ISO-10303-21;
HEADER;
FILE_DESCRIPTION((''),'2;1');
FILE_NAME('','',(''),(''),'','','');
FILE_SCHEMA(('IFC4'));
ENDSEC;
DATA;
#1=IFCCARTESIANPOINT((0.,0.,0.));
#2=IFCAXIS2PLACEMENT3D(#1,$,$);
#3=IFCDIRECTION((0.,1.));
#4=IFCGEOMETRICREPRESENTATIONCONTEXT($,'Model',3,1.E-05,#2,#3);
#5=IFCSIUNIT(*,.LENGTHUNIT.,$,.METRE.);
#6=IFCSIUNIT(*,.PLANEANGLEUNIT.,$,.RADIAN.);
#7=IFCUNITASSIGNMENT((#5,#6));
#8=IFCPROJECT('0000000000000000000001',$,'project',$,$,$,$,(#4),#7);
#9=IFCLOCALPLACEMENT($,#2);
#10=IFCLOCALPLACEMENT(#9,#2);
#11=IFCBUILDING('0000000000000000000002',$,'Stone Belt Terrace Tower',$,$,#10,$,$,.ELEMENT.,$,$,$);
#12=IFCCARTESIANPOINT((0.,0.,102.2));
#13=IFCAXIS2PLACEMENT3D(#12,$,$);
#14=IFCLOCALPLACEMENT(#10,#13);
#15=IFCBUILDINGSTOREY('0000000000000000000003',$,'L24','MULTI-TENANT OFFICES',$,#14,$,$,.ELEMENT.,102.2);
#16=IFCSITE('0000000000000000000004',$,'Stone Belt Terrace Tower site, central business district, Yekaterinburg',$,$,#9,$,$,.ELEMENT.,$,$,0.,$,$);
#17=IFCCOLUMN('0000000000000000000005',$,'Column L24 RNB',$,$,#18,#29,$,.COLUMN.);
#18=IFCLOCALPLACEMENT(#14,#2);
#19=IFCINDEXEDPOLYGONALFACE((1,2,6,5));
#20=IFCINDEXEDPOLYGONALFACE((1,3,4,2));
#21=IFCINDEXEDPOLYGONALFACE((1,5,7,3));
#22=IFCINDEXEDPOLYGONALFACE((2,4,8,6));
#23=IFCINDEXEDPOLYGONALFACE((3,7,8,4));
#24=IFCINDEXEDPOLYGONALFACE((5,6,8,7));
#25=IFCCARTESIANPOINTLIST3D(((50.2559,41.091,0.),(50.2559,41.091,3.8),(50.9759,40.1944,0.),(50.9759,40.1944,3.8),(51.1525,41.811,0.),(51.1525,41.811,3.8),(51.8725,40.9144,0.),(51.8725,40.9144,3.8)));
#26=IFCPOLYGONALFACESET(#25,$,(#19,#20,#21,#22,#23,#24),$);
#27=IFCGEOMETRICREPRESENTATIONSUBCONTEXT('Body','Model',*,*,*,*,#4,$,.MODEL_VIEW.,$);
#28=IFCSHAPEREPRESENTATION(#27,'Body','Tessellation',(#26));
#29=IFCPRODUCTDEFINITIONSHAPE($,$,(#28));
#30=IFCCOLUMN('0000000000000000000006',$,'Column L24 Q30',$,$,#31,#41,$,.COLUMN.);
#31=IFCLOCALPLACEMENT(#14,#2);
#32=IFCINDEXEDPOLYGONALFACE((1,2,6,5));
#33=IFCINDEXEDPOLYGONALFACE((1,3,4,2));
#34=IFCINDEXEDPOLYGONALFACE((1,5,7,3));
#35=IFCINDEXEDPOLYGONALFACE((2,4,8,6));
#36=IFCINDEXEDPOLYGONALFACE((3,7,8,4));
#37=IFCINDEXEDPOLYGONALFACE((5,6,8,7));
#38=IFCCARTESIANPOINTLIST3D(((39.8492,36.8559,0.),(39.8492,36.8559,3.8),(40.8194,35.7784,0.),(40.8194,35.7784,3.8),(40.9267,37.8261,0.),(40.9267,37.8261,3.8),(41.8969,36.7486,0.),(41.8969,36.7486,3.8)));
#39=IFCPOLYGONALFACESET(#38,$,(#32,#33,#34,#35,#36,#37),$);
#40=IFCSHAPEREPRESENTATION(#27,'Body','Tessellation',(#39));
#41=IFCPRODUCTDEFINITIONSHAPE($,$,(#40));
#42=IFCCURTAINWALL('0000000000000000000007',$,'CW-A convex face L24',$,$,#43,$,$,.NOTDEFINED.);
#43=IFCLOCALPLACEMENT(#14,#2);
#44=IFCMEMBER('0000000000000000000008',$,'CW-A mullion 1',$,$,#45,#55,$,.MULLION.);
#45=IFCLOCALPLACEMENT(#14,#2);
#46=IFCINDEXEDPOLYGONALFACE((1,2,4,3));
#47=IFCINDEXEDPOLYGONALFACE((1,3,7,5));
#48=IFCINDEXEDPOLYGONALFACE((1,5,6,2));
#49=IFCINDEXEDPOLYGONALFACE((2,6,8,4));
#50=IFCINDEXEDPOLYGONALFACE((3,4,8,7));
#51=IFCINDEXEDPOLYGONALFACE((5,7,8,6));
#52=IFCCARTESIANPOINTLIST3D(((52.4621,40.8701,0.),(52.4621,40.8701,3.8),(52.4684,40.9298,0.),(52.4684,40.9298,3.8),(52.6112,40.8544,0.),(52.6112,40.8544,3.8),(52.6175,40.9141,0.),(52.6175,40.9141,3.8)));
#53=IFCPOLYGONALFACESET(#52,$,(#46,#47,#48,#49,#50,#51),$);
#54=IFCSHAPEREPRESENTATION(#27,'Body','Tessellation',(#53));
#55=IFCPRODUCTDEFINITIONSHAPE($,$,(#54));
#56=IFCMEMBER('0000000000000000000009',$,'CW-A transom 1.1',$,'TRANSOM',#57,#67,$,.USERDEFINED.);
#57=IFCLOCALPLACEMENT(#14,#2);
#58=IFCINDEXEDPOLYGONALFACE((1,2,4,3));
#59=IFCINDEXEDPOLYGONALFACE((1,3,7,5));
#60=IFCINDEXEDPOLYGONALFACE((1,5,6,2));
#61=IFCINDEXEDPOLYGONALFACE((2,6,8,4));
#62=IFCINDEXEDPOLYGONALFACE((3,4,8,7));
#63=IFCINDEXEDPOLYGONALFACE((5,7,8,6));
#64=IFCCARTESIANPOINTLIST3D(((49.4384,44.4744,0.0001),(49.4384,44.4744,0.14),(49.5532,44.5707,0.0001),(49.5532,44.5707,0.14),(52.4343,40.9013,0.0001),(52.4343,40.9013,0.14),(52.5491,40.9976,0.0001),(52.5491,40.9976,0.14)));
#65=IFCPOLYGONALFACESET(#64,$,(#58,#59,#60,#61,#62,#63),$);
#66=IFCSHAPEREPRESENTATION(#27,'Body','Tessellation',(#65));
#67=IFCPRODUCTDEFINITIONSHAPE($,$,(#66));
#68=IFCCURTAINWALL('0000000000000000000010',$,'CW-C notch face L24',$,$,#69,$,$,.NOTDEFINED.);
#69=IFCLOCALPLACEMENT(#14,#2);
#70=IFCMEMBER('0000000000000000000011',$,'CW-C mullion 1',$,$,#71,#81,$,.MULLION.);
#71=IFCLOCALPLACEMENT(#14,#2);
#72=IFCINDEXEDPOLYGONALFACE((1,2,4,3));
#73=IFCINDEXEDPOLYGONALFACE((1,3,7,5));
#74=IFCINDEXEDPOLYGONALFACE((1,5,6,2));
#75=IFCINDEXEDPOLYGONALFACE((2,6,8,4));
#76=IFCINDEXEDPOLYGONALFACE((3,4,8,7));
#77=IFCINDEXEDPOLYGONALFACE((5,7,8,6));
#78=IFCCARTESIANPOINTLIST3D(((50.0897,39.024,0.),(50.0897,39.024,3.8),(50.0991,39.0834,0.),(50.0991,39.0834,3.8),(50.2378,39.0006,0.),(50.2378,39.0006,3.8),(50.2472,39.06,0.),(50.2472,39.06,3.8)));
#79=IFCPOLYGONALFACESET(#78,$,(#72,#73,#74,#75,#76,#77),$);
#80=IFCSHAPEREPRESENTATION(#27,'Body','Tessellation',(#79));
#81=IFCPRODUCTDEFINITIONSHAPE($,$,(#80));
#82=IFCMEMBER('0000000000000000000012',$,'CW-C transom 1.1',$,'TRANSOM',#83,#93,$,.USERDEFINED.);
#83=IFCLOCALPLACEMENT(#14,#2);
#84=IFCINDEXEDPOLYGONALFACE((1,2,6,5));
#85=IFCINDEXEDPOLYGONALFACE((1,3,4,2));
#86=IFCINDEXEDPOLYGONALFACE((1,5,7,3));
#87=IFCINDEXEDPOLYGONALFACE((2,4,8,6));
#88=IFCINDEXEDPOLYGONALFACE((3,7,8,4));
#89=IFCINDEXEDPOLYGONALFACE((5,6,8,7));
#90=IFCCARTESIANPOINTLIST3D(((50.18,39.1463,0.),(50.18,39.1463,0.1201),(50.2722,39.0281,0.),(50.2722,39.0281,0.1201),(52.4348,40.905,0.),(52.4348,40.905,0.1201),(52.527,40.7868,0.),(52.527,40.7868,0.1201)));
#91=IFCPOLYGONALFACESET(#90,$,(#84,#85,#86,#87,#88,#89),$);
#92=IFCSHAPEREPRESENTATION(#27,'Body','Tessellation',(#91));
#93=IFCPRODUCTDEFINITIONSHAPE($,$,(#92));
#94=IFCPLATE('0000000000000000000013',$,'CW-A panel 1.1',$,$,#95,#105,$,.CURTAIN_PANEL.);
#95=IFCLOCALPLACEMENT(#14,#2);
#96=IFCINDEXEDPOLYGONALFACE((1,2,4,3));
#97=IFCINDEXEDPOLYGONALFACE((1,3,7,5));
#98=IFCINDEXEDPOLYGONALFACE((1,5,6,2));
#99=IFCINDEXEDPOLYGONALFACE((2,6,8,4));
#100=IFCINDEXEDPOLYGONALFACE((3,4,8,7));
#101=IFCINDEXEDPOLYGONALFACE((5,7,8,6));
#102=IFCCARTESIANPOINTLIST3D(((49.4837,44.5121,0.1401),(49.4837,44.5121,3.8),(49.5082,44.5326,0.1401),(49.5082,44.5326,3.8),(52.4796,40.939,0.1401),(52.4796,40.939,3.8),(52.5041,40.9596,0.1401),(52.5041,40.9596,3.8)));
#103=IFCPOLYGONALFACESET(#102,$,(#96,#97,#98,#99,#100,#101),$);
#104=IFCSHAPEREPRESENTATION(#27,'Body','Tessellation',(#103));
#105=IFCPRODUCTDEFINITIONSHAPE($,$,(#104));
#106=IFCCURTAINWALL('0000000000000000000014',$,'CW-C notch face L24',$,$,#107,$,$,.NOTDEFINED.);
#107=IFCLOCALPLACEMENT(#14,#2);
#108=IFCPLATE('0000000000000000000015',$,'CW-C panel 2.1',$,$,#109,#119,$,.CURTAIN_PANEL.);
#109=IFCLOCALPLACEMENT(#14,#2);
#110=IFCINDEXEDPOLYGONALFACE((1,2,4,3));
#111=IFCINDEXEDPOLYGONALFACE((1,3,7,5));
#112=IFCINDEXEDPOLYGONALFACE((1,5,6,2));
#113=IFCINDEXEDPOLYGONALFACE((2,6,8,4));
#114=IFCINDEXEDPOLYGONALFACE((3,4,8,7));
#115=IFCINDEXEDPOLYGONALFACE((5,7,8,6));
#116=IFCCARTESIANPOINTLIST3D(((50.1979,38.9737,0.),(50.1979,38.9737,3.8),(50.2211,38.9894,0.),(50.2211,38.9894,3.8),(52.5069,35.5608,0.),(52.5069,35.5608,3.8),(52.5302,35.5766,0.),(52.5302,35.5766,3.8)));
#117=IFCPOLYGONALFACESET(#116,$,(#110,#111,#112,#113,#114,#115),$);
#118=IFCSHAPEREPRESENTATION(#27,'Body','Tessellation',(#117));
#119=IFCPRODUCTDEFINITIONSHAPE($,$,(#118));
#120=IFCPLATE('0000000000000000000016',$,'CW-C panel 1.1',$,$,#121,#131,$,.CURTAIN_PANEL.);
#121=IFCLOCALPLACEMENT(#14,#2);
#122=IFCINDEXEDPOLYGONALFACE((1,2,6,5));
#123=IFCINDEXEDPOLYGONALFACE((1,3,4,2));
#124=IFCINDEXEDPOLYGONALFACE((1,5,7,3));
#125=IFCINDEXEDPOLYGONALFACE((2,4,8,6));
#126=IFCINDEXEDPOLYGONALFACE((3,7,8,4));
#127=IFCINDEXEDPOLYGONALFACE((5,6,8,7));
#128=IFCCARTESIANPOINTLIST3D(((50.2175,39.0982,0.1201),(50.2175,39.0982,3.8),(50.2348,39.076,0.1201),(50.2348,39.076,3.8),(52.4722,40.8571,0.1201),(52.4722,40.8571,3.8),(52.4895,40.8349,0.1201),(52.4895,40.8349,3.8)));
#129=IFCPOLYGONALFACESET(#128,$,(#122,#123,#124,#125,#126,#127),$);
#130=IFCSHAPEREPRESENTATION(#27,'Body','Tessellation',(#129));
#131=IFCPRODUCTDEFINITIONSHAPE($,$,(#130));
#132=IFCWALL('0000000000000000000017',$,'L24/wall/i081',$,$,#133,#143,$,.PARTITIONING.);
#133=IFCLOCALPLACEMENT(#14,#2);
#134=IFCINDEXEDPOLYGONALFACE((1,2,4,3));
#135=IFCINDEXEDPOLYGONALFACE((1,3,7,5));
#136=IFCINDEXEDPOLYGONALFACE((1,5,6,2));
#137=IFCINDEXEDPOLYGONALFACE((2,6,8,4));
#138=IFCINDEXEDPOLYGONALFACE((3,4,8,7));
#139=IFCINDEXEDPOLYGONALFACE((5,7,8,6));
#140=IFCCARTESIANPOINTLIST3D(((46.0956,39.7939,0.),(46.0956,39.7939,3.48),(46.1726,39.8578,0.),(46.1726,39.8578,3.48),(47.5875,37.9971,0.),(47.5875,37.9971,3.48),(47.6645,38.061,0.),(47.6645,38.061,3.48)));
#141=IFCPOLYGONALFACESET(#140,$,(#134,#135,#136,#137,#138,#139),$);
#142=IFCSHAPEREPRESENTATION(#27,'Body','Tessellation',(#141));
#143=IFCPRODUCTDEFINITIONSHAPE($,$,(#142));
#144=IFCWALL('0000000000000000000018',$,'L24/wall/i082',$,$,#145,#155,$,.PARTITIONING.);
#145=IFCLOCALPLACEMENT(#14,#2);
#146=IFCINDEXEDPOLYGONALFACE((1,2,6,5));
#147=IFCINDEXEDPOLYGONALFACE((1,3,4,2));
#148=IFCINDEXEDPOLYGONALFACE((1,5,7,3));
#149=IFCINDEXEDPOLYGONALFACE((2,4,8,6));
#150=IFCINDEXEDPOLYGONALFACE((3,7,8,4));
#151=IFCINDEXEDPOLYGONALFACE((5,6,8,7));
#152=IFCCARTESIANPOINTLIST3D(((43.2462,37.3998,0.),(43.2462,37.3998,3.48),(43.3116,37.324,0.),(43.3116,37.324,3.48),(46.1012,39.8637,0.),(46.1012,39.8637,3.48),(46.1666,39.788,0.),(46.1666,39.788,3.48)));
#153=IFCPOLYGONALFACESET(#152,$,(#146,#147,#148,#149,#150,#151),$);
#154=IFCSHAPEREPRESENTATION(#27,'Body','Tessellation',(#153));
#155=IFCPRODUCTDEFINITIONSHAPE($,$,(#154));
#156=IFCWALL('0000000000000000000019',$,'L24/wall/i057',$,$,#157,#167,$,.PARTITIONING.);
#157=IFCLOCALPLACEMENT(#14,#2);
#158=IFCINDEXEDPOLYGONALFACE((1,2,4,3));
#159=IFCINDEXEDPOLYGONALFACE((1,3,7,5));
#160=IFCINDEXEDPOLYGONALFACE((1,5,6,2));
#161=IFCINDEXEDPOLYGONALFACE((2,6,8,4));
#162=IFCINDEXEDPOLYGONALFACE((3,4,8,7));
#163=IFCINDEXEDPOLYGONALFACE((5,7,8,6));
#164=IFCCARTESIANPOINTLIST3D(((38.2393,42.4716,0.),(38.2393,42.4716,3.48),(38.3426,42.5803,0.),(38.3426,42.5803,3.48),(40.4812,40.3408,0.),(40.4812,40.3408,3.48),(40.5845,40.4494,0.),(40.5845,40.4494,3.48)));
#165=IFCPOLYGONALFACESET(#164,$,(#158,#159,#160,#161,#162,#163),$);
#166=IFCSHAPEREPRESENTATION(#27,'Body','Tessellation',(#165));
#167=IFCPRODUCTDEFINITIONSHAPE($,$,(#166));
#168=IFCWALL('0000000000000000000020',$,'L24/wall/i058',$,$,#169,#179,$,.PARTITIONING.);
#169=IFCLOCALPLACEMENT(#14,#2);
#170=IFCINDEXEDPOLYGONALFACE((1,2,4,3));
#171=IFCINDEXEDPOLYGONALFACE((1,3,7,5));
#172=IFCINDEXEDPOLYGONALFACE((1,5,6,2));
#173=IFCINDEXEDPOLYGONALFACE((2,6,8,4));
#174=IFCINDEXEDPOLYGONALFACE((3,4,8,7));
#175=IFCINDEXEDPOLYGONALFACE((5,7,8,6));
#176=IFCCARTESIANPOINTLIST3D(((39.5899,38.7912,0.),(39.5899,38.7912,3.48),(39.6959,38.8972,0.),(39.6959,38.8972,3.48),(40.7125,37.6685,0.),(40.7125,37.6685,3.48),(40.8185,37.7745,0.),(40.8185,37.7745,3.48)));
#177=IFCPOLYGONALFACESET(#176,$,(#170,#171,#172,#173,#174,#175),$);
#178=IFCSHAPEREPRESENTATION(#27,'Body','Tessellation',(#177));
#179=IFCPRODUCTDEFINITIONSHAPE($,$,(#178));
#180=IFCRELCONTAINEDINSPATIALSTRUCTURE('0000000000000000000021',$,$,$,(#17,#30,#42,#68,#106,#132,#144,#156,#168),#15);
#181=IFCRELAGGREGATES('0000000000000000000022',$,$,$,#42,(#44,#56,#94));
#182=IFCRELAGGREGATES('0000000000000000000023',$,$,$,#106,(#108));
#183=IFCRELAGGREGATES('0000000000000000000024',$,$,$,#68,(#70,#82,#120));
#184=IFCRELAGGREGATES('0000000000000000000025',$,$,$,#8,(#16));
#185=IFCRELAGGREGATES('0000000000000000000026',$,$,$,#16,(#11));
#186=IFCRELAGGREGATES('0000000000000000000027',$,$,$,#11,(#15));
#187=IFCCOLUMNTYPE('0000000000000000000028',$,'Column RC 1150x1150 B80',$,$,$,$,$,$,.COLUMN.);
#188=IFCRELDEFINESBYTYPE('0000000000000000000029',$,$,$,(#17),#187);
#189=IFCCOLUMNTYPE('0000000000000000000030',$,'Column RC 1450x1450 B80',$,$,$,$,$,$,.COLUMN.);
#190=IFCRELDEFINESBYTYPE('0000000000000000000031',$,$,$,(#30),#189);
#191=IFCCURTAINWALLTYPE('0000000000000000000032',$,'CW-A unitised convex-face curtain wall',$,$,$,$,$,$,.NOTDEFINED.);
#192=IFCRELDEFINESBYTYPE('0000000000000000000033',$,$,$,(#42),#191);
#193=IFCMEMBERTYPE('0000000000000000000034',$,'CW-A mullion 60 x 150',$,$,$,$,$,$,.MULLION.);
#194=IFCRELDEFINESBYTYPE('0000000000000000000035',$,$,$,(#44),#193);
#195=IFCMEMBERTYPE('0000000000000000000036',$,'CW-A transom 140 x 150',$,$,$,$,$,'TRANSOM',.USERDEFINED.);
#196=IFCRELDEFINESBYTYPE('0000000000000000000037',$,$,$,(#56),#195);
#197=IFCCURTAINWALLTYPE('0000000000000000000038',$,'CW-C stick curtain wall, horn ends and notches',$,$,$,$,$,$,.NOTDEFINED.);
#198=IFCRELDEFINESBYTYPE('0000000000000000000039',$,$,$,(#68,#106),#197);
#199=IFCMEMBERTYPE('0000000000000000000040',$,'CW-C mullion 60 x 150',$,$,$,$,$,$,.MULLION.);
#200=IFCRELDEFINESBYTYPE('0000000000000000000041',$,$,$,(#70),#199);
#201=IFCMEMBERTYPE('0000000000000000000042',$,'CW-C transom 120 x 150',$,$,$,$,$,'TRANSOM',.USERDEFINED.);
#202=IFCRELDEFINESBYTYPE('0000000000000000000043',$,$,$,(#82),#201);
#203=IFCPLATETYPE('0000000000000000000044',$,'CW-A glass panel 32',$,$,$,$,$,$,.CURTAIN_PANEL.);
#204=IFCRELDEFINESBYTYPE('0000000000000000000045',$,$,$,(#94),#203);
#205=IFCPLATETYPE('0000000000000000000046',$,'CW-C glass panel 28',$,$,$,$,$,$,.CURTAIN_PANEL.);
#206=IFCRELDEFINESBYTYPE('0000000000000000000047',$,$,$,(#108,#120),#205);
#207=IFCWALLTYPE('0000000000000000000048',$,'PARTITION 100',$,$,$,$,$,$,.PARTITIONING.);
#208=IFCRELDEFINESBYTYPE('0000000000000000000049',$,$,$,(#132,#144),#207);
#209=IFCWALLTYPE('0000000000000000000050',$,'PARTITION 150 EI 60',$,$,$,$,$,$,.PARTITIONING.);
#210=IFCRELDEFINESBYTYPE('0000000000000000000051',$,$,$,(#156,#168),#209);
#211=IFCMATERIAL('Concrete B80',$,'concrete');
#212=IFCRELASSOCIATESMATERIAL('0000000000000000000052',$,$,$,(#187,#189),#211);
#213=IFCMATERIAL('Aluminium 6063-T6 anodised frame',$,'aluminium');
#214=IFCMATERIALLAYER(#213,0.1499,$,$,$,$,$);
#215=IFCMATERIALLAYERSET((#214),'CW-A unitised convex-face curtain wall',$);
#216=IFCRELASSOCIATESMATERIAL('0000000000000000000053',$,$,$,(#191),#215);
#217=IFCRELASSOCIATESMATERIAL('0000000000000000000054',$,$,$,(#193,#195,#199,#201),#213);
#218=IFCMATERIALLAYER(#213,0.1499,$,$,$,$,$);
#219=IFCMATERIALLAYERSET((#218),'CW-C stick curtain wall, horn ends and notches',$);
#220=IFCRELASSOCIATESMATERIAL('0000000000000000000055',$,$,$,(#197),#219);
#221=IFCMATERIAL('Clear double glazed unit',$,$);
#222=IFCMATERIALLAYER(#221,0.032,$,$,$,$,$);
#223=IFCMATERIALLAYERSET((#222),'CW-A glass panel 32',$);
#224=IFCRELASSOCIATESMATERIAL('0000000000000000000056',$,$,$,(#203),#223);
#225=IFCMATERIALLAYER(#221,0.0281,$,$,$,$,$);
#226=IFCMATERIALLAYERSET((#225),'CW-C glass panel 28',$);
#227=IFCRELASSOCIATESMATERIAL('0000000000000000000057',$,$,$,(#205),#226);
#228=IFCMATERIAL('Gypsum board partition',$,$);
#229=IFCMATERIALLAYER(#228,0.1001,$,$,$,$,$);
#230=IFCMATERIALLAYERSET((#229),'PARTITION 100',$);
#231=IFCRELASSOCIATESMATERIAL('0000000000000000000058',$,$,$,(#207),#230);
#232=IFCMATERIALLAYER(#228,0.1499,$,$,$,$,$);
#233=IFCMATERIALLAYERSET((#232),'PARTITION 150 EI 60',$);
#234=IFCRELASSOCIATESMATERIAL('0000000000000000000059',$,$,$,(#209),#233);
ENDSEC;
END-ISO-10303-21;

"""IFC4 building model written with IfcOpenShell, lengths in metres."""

from ifc_helpers import new_model, si_unit, direction, frame, frame_2d, origin, origin_2d, place, context, subcontext, project, spatial, rectangle, extrude, material, layer, layer_set, material_profile, profile_set, type_object, element, aggregate, save


model = new_model("IFC4")

# Units and contexts
model_context = context("Model", 3, precision=1e-05, world=origin(), true_north=direction((0.0, 1.0)))
body_context = subcontext(model_context, "Body", "Model", "MODEL_VIEW")
ifc_project = project(units=[si_unit("LENGTHUNIT", "METRE"), si_unit("PLANEANGLEUNIT", "RADIAN")], contexts=[model_context])

# Site, building, storey
site_placement = place(None, origin())
site = spatial("IfcSite", under=ifc_project, at=site_placement, Name="Stone Belt Terrace Tower site, central business district, Yekaterinburg", CompositionType="ELEMENT", RefElevation=0.0)
building_placement = place(site_placement, origin())
building = spatial("IfcBuilding", under=site, at=building_placement, Name="Stone Belt Terrace Tower", CompositionType="ELEMENT")
storey_placement = place(building_placement, frame((0.0, 0.0, 102.2)))
storey = spatial("IfcBuildingStorey", under=building, at=storey_placement, Name="L24", Description="MULTI-TENANT OFFICES", CompositionType="ELEMENT", Elevation=102.2)

# Columns
ifc_material_1 = material(Name="Concrete B80", Category="concrete")
ifc_material_profile_1 = material_profile(ifc_material_1, rectangle(XDim=1.1499, YDim=1.1499, at=origin_2d()), Name="RC 1150x1150")
ifc_profile_set_1 = profile_set([ifc_material_profile_1], Name="Concrete B80")
column_type_1 = type_object("IfcColumnType", Name="Column RC 1150x1150 B80", PredefinedType="COLUMN", material=ifc_profile_set_1)
column_1_placement = place(storey_placement, frame((51.0642, 41.0027, 0.0), z_axis=(0.0, 0.0, 1.0), x_axis=(0.626104, -0.779739, 0.0)))
element("IfcColumn", 1, at=column_1_placement, inside=storey, type_object=column_type_1, Name="Column L24 RNB", PredefinedType="COLUMN", context=body_context, shape_type="SweptSolid", body=[
    extrude(rectangle(XDim=1.1499, YDim=1.1499, at=origin_2d()), origin(), (0.0, 0.0, 1.0), 3.8),
])
ifc_material_profile_2 = material_profile(ifc_material_1, rectangle(XDim=1.45, YDim=1.45, at=origin_2d()), Name="RC 1450x1450")
ifc_profile_set_2 = profile_set([ifc_material_profile_2], Name="Concrete B80")
column_type_2 = type_object("IfcColumnType", Name="Column RC 1450x1450 B80", PredefinedType="COLUMN", material=ifc_profile_set_2)
column_2_placement = place(storey_placement, frame((40.873, 36.8022, 0.0), z_axis=(0.0, 0.0, 1.0), x_axis=(0.669131, -0.743145, 0.0)))
element("IfcColumn", 2, at=column_2_placement, inside=storey, type_object=column_type_2, Name="Column L24 Q30", PredefinedType="COLUMN", context=body_context, shape_type="SweptSolid", body=[
    extrude(rectangle(XDim=1.45, YDim=1.45, at=origin_2d()), origin(), (0.0, 0.0, 1.0), 3.8),
])

# Curtain walls, members
ifc_material_2 = material(Name="Aluminium 6063-T6 anodised frame", Category="aluminium")
ifc_layer_1 = layer(ifc_material_2, 0.1499)
ifc_layer_set_1 = layer_set([ifc_layer_1], Name="CW-A unitised convex-face curtain wall")
curtain_wall_type_1 = type_object("IfcCurtainWallType", Name="CW-A unitised convex-face curtain wall", PredefinedType="NOTDEFINED", material=ifc_layer_set_1)
curtain_wall_1_placement = place(storey_placement, origin())
curtain_wall_1 = element("IfcCurtainWall", 3, at=curtain_wall_1_placement, inside=storey, type_object=curtain_wall_type_1, Name="CW-A convex face L24", PredefinedType="NOTDEFINED")
ifc_material_profile_3 = material_profile(ifc_material_2, rectangle(XDim=0.1499, YDim=0.0601, at=origin_2d()), Name="Aluminium 6063-T6 60x150")
ifc_profile_set_3 = profile_set([ifc_material_profile_3], Name="Aluminium 6063-T6 anodised frame")
member_type_1 = type_object("IfcMemberType", Name="CW-A mullion 60 x 150", PredefinedType="MULLION", material=ifc_profile_set_3)
member_1_placement = place(storey_placement, frame((52.5398, 40.8921, 0.0), z_axis=(0.0, 0.0, 1.0), x_axis=(-0.994465, 0.105071, 0.0)))
member_1 = element("IfcMember", 4, at=member_1_placement, type_object=member_type_1, Name="CW-A mullion 1", PredefinedType="MULLION", context=body_context, shape_type="SweptSolid", body=[
    extrude(rectangle(XDim=0.1499, YDim=0.0601, at=origin_2d()), origin(), (0.0, 0.0, 1.0), 3.8),
])
ifc_material_profile_4 = material_profile(ifc_material_2, rectangle(XDim=0.1499, YDim=0.1399, at=origin_2d()), Name="Aluminium 6063-T6 150x140")
ifc_profile_set_4 = profile_set([ifc_material_profile_4], Name="Aluminium 6063-T6 anodised frame")
member_type_2 = type_object("IfcMemberType", Name="CW-A transom 140 x 150", ElementType="TRANSOM", PredefinedType="USERDEFINED", material=ifc_profile_set_4)
member_2_placement = place(storey_placement, frame((52.4917, 40.9495, 0.0701), z_axis=(-0.642504, 0.766282, 0.0), x_axis=(-0.766282, -0.642504, 0.0)))
member_2 = element("IfcMember", 5, at=member_2_placement, type_object=member_type_2, Name="CW-A transom 1.1", ObjectType="TRANSOM", PredefinedType="USERDEFINED", context=body_context, shape_type="SweptSolid", body=[
    extrude(rectangle(XDim=0.1499, YDim=0.1399, at=origin_2d()), origin(), (0.0, 0.0, 1.0), 4.6628),
])
ifc_layer_2 = layer(ifc_material_2, 0.1499)
ifc_layer_set_2 = layer_set([ifc_layer_2], Name="CW-C stick curtain wall, horn ends and notches")
curtain_wall_type_2 = type_object("IfcCurtainWallType", Name="CW-C stick curtain wall, horn ends and notches", PredefinedType="NOTDEFINED", material=ifc_layer_set_2)
curtain_wall_2_placement = place(storey_placement, origin())
curtain_wall_2 = element("IfcCurtainWall", 6, at=curtain_wall_2_placement, inside=storey, type_object=curtain_wall_type_2, Name="CW-C notch face L24", PredefinedType="NOTDEFINED")
ifc_material_profile_5 = material_profile(ifc_material_2, rectangle(XDim=0.1499, YDim=0.0601, at=origin_2d()), Name="Aluminium 6063-T6 60x150")
ifc_profile_set_5 = profile_set([ifc_material_profile_5], Name="Aluminium 6063-T6 anodised frame")
member_type_3 = type_object("IfcMemberType", Name="CW-C mullion 60 x 150", PredefinedType="MULLION", material=ifc_profile_set_5)
member_3_placement = place(storey_placement, frame((50.1685, 39.042, 0.0), z_axis=(0.0, 0.0, 1.0), x_axis=(-0.987742, 0.156094, 0.0)))
member_3 = element("IfcMember", 7, at=member_3_placement, type_object=member_type_3, Name="CW-C mullion 1", PredefinedType="MULLION", context=body_context, shape_type="SweptSolid", body=[
    extrude(rectangle(XDim=0.1499, YDim=0.0601, at=origin_2d()), origin(), (0.0, 0.0, 1.0), 3.8),
])
ifc_material_profile_6 = material_profile(ifc_material_2, rectangle(XDim=0.1499, YDim=0.1201, at=origin_2d()), Name="Aluminium 6063-T6 150x120")
ifc_profile_set_6 = profile_set([ifc_material_profile_6], Name="Aluminium 6063-T6 anodised frame")
member_type_4 = type_object("IfcMemberType", Name="CW-C transom 120 x 150", ElementType="TRANSOM", PredefinedType="USERDEFINED", material=ifc_profile_set_6)
member_4_placement = place(storey_placement, frame((50.2261, 39.0872, 0.0601), z_axis=(0.788506, 0.615028, 0.0), x_axis=(-0.615028, 0.788506, 0.0)))
member_4 = element("IfcMember", 8, at=member_4_placement, type_object=member_type_4, Name="CW-C transom 1.1", ObjectType="TRANSOM", PredefinedType="USERDEFINED", context=body_context, shape_type="SweptSolid", body=[
    extrude(rectangle(XDim=0.1499, YDim=0.1201, at=origin_2d()), origin(), (0.0, 0.0, 1.0), 2.8596),
])

# Plate
ifc_material_3 = material(Name="Clear double glazed unit")
ifc_layer_3 = layer(ifc_material_3, 0.032)
ifc_layer_set_3 = layer_set([ifc_layer_3], Name="CW-A glass panel 32")
plate_type_1 = type_object("IfcPlateType", Name="CW-A glass panel 32", PredefinedType="CURTAIN_PANEL", material=ifc_layer_set_3)
plate_1_placement = place(storey_placement, frame((50.9939, 42.7358, 0.1401), z_axis=(0.0, 0.0, 1.0), x_axis=(-0.642509, 0.766278, 0.0)))
plate_1 = element("IfcPlate", 9, at=plate_1_placement, type_object=plate_type_1, Name="CW-A panel 1.1", PredefinedType="CURTAIN_PANEL", context=body_context, shape_type="SweptSolid", body=[
    extrude(rectangle(XDim=4.6628, YDim=0.032, at=origin_2d()), origin(), (0.0, 0.0, 1.0), 3.6599),
])
aggregate(curtain_wall_1, [member_1, member_2, plate_1])

# Curtain wall, plate
curtain_wall_3_placement = place(storey_placement, origin())
curtain_wall_3 = element("IfcCurtainWall", 10, at=curtain_wall_3_placement, inside=storey, type_object=curtain_wall_type_2, Name="CW-C notch face L24", PredefinedType="NOTDEFINED")
ifc_layer_4 = layer(ifc_material_3, 0.0281)
ifc_layer_set_4 = layer_set([ifc_layer_4], Name="CW-C glass panel 28")
plate_type_2 = type_object("IfcPlateType", Name="CW-C glass panel 28", PredefinedType="CURTAIN_PANEL", material=ifc_layer_set_4)
plate_2_placement = place(storey_placement, frame((51.364, 37.2751, 0.0), z_axis=(0.0, 0.0, 1.0), x_axis=(-0.560367, 0.828244, 0.0)))
plate_2 = element("IfcPlate", 11, at=plate_2_placement, type_object=plate_type_2, Name="CW-C panel 2.1", PredefinedType="CURTAIN_PANEL", context=body_context, shape_type="SweptSolid", body=[
    extrude(rectangle(XDim=4.1206, YDim=0.0281, at=origin_2d()), origin(), (0.0, 0.0, 1.0), 3.8),
])
aggregate(curtain_wall_3, [plate_2])

# Plate
plate_3_placement = place(storey_placement, frame((51.3535, 39.9666, 0.1201), z_axis=(0.0, 0.0, 1.0), x_axis=(0.788458, 0.615089, 0.0)))
plate_3 = element("IfcPlate", 12, at=plate_3_placement, type_object=plate_type_2, Name="CW-C panel 1.1", PredefinedType="CURTAIN_PANEL", context=body_context, shape_type="SweptSolid", body=[
    extrude(rectangle(XDim=2.8596, YDim=0.0281, at=origin_2d()), origin(), (0.0, 0.0, 1.0), 3.6799),
])
aggregate(curtain_wall_2, [member_3, member_4, plate_3])

# Walls
ifc_material_4 = material(Name="Gypsum board partition")
ifc_layer_5 = layer(ifc_material_4, 0.1001)
ifc_layer_set_5 = layer_set([ifc_layer_5], Name="PARTITION 100")
wall_type_1 = type_object("IfcWallType", Name="PARTITION 100", PredefinedType="PARTITIONING", material=ifc_layer_set_5)
wall_1_placement = place(storey_placement, frame((47.626, 38.0291, 0.0), z_axis=(0.0, 0.0, 1.0), x_axis=(-0.638806, 0.769368, 0.0)))
element("IfcWall", 13, at=wall_1_placement, inside=storey, type_object=wall_type_1, Name="L24/wall/i081", PredefinedType="PARTITIONING", context=body_context, shape_type="SweptSolid", body=[
    extrude(rectangle(XDim=2.3354, YDim=0.1001, at=frame_2d((1.1677, 0.0))), origin(), (0.0, 0.0, 1.0), 3.48),
])
wall_2_placement = place(storey_placement, frame((46.134, 39.8259, 0.0), z_axis=(0.0, 0.0, 1.0), x_axis=(-0.757059, -0.653347, 0.0)))
element("IfcWall", 14, at=wall_2_placement, inside=storey, type_object=wall_type_1, Name="L24/wall/i082", PredefinedType="PARTITIONING", context=body_context, shape_type="SweptSolid", body=[
    extrude(rectangle(XDim=3.7712, YDim=0.1001, at=frame_2d((1.8857, 0.0))), origin(), (0.0, 0.0, 1.0), 3.48),
])
ifc_layer_6 = layer(ifc_material_4, 0.1499)
ifc_layer_set_6 = layer_set([ifc_layer_6], Name="PARTITION 150 EI 60")
wall_type_2 = type_object("IfcWallType", Name="PARTITION 150 EI 60", PredefinedType="PARTITIONING", material=ifc_layer_set_6)
wall_3_placement = place(storey_placement, frame((38.291, 42.5259, 0.0), z_axis=(0.0, 0.0, 1.0), x_axis=(0.724836, -0.688922, 0.0)))
element("IfcWall", 15, at=wall_3_placement, inside=storey, type_object=wall_type_2, Name="L24/wall/i057", PredefinedType="PARTITIONING", context=body_context, shape_type="SweptSolid", body=[
    extrude(rectangle(XDim=3.093, YDim=0.1499, at=frame_2d((1.5464, 0.0))), origin(), (0.0, 0.0, 1.0), 3.48),
])
wall_4_placement = place(storey_placement, frame((40.7656, 37.7214, 0.0), z_axis=(0.0, 0.0, 1.0), x_axis=(-0.707107, 0.707107, 0.0)))
element("IfcWall", 16, at=wall_4_placement, inside=storey, type_object=wall_type_2, Name="L24/wall/i058", PredefinedType="PARTITIONING", context=body_context, shape_type="SweptSolid", body=[
    extrude(rectangle(XDim=1.5876, YDim=0.1499, at=frame_2d((0.7939, 0.0))), origin(), (0.0, 0.0, 1.0), 3.48),
])

save(model, "model.ifc")
